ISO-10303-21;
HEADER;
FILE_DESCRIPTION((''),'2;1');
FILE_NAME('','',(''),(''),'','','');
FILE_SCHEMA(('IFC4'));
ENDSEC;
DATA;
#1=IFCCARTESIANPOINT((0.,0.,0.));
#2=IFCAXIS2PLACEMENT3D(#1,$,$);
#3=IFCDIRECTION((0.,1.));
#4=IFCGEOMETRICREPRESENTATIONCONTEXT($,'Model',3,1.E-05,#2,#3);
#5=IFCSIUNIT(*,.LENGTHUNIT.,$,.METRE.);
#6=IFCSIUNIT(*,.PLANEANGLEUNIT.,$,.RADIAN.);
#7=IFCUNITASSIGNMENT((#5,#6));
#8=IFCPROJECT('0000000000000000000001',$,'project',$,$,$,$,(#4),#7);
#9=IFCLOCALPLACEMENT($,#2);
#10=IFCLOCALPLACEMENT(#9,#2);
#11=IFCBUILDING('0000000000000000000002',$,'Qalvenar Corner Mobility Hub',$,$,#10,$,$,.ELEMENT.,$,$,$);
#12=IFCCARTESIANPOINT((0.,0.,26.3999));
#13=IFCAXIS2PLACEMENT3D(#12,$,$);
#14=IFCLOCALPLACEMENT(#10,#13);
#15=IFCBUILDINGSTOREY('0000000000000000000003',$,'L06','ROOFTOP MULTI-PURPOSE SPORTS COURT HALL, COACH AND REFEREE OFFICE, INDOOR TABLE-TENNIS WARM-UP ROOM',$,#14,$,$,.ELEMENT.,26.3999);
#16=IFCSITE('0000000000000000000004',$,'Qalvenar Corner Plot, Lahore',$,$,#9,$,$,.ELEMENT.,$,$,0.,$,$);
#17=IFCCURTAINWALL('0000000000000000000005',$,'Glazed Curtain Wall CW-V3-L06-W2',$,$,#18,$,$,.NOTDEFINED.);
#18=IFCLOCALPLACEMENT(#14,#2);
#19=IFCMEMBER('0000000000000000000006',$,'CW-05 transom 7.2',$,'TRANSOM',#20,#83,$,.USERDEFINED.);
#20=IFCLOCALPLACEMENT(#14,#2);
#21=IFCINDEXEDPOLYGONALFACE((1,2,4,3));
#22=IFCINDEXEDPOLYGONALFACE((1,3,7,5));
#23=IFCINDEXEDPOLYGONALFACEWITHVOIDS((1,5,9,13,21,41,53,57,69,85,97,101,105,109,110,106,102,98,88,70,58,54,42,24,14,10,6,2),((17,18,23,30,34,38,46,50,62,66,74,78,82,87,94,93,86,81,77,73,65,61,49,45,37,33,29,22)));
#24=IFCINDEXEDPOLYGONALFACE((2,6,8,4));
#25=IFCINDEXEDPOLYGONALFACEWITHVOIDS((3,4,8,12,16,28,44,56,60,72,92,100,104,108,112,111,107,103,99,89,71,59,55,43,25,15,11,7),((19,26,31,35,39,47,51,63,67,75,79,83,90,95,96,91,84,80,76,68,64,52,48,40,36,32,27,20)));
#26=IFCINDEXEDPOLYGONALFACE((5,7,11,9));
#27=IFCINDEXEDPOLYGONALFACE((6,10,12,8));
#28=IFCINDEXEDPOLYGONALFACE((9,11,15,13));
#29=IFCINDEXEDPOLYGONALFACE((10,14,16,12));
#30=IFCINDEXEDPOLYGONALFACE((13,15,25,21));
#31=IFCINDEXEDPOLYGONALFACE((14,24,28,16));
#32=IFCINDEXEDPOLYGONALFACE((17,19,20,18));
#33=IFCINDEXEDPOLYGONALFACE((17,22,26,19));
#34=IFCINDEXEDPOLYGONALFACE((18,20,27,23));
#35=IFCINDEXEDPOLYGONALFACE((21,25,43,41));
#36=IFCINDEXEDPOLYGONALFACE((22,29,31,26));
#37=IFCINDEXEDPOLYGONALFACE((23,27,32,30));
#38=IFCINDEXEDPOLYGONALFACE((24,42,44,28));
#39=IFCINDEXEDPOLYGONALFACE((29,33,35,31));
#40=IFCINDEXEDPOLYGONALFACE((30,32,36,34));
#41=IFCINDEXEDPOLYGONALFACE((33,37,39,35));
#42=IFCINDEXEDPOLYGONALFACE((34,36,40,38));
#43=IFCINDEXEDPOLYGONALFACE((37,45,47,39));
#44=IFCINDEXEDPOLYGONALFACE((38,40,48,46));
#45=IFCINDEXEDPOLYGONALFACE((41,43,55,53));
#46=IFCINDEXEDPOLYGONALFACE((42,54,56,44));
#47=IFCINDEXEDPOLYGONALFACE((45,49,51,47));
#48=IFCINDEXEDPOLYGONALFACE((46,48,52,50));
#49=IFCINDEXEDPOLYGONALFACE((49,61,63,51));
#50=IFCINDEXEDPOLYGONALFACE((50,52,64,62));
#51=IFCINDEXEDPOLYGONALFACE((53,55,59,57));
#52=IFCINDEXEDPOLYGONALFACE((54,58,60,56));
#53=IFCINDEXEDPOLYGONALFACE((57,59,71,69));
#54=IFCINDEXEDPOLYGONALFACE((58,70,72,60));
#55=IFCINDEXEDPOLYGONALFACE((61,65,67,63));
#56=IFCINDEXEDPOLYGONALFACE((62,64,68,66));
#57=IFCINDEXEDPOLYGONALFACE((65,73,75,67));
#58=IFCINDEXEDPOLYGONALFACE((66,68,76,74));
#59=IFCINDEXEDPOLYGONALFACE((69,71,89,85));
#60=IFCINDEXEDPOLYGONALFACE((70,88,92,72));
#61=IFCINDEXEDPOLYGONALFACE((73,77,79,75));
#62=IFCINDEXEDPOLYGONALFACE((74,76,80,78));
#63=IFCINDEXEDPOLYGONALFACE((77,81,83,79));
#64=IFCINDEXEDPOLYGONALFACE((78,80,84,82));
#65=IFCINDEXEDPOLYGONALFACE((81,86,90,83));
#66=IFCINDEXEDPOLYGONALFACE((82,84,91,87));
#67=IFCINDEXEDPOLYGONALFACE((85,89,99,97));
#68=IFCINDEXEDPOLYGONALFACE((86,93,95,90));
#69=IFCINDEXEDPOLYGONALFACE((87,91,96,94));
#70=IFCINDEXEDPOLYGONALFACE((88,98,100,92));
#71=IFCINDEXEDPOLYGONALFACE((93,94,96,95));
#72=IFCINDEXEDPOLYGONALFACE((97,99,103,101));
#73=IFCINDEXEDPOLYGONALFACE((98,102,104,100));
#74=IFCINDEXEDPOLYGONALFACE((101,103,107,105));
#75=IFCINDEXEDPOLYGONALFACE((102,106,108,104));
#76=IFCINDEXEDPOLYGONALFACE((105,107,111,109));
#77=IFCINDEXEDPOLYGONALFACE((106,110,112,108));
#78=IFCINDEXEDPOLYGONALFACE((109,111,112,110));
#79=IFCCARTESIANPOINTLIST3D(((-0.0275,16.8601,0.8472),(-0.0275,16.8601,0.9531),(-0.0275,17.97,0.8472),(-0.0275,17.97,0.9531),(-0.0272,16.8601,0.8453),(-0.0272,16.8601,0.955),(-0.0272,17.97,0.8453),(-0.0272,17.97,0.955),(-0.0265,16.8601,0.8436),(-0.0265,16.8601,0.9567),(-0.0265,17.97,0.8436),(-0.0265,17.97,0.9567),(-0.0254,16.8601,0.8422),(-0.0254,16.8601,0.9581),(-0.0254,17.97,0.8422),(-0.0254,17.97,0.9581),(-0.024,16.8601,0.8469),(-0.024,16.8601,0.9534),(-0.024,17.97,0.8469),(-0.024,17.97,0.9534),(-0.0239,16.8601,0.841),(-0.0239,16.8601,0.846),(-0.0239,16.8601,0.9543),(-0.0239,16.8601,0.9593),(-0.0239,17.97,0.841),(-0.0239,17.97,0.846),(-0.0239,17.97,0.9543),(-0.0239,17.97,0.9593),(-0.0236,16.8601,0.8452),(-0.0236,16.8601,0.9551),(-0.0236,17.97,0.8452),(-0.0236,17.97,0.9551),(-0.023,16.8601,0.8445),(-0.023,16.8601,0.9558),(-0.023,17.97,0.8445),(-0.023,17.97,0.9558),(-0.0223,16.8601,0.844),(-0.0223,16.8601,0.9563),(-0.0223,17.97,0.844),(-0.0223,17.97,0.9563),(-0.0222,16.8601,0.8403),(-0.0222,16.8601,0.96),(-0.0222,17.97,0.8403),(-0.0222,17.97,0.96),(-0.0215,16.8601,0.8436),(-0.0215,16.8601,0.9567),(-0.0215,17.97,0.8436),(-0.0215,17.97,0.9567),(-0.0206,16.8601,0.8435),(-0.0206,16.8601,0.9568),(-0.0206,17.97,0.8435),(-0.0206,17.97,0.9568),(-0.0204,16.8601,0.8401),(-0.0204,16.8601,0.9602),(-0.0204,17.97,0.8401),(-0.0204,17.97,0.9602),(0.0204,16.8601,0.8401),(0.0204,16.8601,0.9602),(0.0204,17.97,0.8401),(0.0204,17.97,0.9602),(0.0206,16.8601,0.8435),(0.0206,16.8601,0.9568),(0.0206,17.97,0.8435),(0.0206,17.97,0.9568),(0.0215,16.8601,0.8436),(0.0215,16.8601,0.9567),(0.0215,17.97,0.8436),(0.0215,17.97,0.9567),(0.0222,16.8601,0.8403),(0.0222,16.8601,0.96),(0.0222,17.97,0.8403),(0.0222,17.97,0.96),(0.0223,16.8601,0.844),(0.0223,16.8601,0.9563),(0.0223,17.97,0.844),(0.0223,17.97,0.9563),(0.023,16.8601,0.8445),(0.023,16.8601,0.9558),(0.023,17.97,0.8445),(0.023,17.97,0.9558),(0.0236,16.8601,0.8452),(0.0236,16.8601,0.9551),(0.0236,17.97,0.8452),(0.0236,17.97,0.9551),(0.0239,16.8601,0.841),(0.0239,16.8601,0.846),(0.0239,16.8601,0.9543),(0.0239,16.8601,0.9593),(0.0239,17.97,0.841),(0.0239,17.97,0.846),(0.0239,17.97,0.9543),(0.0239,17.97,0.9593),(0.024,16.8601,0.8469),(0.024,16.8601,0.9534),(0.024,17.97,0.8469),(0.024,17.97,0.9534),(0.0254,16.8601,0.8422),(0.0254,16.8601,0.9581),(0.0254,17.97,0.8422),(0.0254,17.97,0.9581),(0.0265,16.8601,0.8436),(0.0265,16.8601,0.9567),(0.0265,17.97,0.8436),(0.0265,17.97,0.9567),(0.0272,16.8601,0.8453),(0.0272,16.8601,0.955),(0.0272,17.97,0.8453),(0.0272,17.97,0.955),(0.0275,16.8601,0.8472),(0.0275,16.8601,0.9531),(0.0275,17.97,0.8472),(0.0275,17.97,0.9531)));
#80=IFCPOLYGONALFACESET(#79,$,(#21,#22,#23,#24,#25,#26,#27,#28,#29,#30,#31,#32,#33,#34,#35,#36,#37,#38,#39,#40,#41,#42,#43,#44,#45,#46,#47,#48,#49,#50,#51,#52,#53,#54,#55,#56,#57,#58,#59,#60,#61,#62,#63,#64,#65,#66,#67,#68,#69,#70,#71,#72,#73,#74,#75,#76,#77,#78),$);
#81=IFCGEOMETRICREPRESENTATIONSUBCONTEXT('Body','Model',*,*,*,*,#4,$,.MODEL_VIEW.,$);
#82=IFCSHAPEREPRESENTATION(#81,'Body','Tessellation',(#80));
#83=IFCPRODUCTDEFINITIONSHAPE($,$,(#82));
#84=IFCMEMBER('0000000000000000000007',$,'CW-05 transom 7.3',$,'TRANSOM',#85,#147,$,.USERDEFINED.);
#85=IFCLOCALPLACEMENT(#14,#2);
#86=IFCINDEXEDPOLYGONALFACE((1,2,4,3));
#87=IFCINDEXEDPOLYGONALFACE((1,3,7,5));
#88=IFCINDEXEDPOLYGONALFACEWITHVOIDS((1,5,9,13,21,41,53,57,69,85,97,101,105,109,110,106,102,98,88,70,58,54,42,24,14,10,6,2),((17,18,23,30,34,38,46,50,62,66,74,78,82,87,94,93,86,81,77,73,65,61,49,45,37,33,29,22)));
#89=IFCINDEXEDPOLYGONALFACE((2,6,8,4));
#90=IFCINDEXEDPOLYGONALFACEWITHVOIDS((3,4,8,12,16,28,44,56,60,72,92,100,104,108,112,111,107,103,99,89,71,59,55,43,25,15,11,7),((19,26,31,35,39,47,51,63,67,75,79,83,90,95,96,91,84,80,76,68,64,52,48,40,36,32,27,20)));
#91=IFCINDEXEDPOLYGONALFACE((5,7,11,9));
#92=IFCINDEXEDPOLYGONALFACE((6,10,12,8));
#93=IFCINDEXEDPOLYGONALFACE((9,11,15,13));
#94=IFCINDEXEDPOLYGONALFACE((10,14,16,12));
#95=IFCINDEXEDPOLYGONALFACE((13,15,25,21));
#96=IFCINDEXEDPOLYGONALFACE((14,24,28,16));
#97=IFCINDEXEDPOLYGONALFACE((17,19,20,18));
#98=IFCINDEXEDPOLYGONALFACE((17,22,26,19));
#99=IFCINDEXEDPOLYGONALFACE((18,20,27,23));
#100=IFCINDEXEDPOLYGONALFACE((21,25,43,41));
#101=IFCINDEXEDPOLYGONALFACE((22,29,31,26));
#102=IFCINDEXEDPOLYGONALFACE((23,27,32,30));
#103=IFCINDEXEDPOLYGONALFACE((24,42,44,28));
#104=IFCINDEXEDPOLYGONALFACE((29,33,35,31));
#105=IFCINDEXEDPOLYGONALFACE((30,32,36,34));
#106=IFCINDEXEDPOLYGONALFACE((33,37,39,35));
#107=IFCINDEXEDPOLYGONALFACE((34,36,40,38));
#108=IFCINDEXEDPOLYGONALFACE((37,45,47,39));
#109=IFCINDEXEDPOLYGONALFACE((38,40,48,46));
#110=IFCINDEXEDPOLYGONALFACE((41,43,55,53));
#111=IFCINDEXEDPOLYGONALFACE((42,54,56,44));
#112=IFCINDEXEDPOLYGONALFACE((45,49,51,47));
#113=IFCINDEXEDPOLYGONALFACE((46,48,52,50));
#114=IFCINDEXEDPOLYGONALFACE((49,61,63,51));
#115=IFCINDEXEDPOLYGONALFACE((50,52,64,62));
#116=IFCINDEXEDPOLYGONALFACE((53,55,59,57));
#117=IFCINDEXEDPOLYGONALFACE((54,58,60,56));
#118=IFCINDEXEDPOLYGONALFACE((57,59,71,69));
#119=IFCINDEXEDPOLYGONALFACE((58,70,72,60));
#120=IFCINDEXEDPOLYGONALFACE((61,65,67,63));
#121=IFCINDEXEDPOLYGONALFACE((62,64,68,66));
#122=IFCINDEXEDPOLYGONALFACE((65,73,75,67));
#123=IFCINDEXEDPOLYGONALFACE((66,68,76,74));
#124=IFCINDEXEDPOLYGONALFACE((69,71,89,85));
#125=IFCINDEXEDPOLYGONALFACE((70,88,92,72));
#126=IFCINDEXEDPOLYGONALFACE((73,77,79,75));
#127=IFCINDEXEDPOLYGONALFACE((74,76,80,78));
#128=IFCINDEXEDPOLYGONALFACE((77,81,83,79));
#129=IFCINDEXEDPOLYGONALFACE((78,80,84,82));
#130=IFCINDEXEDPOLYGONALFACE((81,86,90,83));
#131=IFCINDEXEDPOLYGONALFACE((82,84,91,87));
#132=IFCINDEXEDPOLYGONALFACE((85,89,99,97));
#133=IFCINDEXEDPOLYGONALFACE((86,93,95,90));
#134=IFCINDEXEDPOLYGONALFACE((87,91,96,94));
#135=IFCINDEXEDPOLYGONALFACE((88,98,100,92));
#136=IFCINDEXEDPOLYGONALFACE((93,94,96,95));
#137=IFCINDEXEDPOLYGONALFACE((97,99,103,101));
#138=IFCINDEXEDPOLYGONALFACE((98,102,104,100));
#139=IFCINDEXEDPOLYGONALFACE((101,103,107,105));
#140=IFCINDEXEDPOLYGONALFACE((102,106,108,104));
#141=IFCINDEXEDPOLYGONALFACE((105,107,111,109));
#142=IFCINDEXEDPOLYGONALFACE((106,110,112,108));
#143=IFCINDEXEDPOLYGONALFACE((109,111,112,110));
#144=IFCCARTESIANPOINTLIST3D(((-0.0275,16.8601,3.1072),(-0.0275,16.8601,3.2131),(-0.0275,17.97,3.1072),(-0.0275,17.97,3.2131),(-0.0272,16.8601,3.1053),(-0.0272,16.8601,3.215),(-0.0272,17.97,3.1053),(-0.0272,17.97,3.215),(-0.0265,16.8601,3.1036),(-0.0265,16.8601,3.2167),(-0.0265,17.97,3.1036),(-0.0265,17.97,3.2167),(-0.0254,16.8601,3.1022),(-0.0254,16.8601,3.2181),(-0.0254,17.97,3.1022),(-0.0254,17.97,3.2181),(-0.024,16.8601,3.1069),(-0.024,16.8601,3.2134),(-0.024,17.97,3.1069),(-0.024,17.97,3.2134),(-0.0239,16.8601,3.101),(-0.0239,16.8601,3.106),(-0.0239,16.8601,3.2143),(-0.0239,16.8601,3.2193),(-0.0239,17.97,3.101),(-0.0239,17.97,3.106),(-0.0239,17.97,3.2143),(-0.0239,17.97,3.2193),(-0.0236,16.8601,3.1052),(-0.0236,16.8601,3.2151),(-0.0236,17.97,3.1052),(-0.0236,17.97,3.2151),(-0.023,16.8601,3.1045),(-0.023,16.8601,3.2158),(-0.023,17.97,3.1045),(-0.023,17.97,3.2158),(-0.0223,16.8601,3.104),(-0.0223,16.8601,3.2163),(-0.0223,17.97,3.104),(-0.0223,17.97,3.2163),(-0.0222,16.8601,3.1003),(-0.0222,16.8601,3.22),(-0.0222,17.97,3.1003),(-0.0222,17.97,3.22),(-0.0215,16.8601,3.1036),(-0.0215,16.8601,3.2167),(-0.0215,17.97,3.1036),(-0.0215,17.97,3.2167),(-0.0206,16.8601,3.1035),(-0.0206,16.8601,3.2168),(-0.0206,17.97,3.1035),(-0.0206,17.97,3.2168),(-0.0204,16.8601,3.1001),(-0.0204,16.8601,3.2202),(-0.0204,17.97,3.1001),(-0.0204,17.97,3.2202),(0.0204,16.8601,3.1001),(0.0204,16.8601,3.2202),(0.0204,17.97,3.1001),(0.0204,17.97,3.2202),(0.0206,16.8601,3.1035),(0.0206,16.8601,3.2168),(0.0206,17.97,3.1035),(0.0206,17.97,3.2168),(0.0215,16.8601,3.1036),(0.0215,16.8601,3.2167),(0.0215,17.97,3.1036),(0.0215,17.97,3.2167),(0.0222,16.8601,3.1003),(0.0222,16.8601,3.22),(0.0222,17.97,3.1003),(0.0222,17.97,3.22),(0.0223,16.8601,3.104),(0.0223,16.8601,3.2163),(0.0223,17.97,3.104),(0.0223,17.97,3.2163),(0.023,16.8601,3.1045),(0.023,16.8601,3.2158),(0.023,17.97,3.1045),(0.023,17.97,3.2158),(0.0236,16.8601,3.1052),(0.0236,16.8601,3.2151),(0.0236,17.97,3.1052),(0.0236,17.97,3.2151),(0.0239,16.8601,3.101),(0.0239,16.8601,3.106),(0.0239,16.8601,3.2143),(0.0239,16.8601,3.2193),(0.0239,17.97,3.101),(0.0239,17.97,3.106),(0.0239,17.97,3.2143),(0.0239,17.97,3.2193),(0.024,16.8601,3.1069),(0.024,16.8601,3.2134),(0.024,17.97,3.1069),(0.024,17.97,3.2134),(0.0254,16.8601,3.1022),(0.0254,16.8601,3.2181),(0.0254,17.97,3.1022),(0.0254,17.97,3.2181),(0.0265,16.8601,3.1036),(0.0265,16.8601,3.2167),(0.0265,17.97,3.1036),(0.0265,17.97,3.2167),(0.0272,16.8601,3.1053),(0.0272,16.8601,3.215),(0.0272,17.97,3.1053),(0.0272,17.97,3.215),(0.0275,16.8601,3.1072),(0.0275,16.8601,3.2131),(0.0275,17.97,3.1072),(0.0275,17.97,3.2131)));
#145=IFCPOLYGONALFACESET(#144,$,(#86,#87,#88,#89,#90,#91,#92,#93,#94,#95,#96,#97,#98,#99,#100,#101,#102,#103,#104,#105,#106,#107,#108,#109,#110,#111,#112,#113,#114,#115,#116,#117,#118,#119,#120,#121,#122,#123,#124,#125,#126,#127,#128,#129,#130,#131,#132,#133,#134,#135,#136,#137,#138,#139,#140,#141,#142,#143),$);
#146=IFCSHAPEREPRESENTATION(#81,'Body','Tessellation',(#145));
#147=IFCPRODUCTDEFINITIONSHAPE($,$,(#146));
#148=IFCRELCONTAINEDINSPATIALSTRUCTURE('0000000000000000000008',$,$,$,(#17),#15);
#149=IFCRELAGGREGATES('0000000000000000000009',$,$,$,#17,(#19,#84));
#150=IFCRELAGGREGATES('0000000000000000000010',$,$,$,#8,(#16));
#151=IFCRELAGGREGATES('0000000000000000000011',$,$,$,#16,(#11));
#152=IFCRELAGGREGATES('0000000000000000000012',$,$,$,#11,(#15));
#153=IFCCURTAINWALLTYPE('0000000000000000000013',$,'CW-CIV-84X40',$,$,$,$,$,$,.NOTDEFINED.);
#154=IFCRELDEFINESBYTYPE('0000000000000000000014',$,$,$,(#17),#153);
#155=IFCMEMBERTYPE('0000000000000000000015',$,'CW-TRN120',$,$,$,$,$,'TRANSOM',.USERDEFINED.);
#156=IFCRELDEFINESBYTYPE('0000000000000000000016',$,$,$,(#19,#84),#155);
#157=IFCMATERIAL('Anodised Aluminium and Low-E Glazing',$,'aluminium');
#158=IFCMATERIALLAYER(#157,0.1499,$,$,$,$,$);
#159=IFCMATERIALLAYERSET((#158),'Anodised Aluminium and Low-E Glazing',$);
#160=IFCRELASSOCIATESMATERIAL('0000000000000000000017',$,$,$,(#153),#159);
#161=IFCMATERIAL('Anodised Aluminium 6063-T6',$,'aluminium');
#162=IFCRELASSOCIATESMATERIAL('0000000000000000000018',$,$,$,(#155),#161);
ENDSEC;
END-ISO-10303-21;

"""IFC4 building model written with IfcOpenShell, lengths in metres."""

from ifc_helpers import new_model, si_unit, direction, frame, origin, origin_2d, place, context, subcontext, project, spatial, hollow_rectangle, extrude, material, layer, layer_set, material_profile, profile_set, type_object, element, aggregate, save


model = new_model("IFC4")

# Units and contexts
model_context = context("Model", 3, precision=1e-05, world=origin(), true_north=direction((0.0, 1.0)))
body_context = subcontext(model_context, "Body", "Model", "MODEL_VIEW")
ifc_project = project(units=[si_unit("LENGTHUNIT", "METRE"), si_unit("PLANEANGLEUNIT", "RADIAN")], contexts=[model_context])

# Site, building, storey
site_placement = place(None, origin())
site = spatial("IfcSite", under=ifc_project, at=site_placement, Name="Qalvenar Corner Plot, Lahore", CompositionType="ELEMENT", RefElevation=0.0)
building_placement = place(site_placement, origin())
building = spatial("IfcBuilding", under=site, at=building_placement, Name="Qalvenar Corner Mobility Hub", CompositionType="ELEMENT")
storey_placement = place(building_placement, frame((0.0, 0.0, 26.3999)))
storey = spatial("IfcBuildingStorey", under=building, at=storey_placement, Name="L06", Description="ROOFTOP MULTI-PURPOSE SPORTS COURT HALL, COACH AND REFEREE OFFICE, INDOOR TABLE-TENNIS WARM-UP ROOM", CompositionType="ELEMENT", Elevation=26.3999)

# Curtain wall, members
ifc_material_1 = material(Name="Anodised Aluminium and Low-E Glazing", Category="aluminium")
ifc_layer_1 = layer(ifc_material_1, 0.1499)
ifc_layer_set_1 = layer_set([ifc_layer_1], Name="Anodised Aluminium and Low-E Glazing")
curtain_wall_type = type_object("IfcCurtainWallType", Name="CW-CIV-84X40", PredefinedType="NOTDEFINED", material=ifc_layer_set_1)
curtain_wall_placement = place(storey_placement, origin())
curtain_wall = element("IfcCurtainWall", 1, at=curtain_wall_placement, inside=storey, type_object=curtain_wall_type, Name="Glazed Curtain Wall CW-V3-L06-W2", PredefinedType="NOTDEFINED")
ifc_material_2 = material(Name="Anodised Aluminium 6063-T6", Category="aluminium")
ifc_material_profile_1 = material_profile(ifc_material_2, hollow_rectangle(XDim=0.0549, YDim=0.1201, WallThickness=0.0034, InnerFilletRadius=0.0034, OuterFilletRadius=0.0071, at=origin_2d()), Name="RHS120x55x3.5")
ifc_profile_set_1 = profile_set([ifc_material_profile_1], Name="Anodised Aluminium 6063-T6")
member_type_1 = type_object("IfcMemberType", Name="CW-TRN120", ElementType="TRANSOM", PredefinedType="USERDEFINED", material=ifc_profile_set_1)
member_1_placement = place(storey_placement, frame((0.0, 17.97, 0.9001), z_axis=(0.0, -1.0, 0.0), x_axis=(1.0, 0.0, 0.0)))
member_1 = element("IfcMember", 2, at=member_1_placement, type_object=member_type_1, Name="CW-05 transom 7.2", ObjectType="TRANSOM", PredefinedType="USERDEFINED", context=body_context, shape_type="SweptSolid", body=[
    extrude(hollow_rectangle(XDim=0.0549, YDim=0.1201, WallThickness=0.0034, InnerFilletRadius=0.0034, OuterFilletRadius=0.0071, at=origin_2d()), origin(), (0.0, 0.0, 1.0), 1.1099),
])
member_2_placement = place(storey_placement, frame((0.0, 17.97, 3.1602), z_axis=(0.0, -1.0, 0.0), x_axis=(1.0, 0.0, 0.0)))
member_2 = element("IfcMember", 3, at=member_2_placement, type_object=member_type_1, Name="CW-05 transom 7.3", ObjectType="TRANSOM", PredefinedType="USERDEFINED", context=body_context, shape_type="SweptSolid", body=[
    extrude(hollow_rectangle(XDim=0.0549, YDim=0.1201, WallThickness=0.0034, InnerFilletRadius=0.0034, OuterFilletRadius=0.0071, at=origin_2d()), origin(), (0.0, 0.0, 1.0), 1.1099),
])

aggregate(curtain_wall, [member_1, member_2])

save(model, "model.ifc")
